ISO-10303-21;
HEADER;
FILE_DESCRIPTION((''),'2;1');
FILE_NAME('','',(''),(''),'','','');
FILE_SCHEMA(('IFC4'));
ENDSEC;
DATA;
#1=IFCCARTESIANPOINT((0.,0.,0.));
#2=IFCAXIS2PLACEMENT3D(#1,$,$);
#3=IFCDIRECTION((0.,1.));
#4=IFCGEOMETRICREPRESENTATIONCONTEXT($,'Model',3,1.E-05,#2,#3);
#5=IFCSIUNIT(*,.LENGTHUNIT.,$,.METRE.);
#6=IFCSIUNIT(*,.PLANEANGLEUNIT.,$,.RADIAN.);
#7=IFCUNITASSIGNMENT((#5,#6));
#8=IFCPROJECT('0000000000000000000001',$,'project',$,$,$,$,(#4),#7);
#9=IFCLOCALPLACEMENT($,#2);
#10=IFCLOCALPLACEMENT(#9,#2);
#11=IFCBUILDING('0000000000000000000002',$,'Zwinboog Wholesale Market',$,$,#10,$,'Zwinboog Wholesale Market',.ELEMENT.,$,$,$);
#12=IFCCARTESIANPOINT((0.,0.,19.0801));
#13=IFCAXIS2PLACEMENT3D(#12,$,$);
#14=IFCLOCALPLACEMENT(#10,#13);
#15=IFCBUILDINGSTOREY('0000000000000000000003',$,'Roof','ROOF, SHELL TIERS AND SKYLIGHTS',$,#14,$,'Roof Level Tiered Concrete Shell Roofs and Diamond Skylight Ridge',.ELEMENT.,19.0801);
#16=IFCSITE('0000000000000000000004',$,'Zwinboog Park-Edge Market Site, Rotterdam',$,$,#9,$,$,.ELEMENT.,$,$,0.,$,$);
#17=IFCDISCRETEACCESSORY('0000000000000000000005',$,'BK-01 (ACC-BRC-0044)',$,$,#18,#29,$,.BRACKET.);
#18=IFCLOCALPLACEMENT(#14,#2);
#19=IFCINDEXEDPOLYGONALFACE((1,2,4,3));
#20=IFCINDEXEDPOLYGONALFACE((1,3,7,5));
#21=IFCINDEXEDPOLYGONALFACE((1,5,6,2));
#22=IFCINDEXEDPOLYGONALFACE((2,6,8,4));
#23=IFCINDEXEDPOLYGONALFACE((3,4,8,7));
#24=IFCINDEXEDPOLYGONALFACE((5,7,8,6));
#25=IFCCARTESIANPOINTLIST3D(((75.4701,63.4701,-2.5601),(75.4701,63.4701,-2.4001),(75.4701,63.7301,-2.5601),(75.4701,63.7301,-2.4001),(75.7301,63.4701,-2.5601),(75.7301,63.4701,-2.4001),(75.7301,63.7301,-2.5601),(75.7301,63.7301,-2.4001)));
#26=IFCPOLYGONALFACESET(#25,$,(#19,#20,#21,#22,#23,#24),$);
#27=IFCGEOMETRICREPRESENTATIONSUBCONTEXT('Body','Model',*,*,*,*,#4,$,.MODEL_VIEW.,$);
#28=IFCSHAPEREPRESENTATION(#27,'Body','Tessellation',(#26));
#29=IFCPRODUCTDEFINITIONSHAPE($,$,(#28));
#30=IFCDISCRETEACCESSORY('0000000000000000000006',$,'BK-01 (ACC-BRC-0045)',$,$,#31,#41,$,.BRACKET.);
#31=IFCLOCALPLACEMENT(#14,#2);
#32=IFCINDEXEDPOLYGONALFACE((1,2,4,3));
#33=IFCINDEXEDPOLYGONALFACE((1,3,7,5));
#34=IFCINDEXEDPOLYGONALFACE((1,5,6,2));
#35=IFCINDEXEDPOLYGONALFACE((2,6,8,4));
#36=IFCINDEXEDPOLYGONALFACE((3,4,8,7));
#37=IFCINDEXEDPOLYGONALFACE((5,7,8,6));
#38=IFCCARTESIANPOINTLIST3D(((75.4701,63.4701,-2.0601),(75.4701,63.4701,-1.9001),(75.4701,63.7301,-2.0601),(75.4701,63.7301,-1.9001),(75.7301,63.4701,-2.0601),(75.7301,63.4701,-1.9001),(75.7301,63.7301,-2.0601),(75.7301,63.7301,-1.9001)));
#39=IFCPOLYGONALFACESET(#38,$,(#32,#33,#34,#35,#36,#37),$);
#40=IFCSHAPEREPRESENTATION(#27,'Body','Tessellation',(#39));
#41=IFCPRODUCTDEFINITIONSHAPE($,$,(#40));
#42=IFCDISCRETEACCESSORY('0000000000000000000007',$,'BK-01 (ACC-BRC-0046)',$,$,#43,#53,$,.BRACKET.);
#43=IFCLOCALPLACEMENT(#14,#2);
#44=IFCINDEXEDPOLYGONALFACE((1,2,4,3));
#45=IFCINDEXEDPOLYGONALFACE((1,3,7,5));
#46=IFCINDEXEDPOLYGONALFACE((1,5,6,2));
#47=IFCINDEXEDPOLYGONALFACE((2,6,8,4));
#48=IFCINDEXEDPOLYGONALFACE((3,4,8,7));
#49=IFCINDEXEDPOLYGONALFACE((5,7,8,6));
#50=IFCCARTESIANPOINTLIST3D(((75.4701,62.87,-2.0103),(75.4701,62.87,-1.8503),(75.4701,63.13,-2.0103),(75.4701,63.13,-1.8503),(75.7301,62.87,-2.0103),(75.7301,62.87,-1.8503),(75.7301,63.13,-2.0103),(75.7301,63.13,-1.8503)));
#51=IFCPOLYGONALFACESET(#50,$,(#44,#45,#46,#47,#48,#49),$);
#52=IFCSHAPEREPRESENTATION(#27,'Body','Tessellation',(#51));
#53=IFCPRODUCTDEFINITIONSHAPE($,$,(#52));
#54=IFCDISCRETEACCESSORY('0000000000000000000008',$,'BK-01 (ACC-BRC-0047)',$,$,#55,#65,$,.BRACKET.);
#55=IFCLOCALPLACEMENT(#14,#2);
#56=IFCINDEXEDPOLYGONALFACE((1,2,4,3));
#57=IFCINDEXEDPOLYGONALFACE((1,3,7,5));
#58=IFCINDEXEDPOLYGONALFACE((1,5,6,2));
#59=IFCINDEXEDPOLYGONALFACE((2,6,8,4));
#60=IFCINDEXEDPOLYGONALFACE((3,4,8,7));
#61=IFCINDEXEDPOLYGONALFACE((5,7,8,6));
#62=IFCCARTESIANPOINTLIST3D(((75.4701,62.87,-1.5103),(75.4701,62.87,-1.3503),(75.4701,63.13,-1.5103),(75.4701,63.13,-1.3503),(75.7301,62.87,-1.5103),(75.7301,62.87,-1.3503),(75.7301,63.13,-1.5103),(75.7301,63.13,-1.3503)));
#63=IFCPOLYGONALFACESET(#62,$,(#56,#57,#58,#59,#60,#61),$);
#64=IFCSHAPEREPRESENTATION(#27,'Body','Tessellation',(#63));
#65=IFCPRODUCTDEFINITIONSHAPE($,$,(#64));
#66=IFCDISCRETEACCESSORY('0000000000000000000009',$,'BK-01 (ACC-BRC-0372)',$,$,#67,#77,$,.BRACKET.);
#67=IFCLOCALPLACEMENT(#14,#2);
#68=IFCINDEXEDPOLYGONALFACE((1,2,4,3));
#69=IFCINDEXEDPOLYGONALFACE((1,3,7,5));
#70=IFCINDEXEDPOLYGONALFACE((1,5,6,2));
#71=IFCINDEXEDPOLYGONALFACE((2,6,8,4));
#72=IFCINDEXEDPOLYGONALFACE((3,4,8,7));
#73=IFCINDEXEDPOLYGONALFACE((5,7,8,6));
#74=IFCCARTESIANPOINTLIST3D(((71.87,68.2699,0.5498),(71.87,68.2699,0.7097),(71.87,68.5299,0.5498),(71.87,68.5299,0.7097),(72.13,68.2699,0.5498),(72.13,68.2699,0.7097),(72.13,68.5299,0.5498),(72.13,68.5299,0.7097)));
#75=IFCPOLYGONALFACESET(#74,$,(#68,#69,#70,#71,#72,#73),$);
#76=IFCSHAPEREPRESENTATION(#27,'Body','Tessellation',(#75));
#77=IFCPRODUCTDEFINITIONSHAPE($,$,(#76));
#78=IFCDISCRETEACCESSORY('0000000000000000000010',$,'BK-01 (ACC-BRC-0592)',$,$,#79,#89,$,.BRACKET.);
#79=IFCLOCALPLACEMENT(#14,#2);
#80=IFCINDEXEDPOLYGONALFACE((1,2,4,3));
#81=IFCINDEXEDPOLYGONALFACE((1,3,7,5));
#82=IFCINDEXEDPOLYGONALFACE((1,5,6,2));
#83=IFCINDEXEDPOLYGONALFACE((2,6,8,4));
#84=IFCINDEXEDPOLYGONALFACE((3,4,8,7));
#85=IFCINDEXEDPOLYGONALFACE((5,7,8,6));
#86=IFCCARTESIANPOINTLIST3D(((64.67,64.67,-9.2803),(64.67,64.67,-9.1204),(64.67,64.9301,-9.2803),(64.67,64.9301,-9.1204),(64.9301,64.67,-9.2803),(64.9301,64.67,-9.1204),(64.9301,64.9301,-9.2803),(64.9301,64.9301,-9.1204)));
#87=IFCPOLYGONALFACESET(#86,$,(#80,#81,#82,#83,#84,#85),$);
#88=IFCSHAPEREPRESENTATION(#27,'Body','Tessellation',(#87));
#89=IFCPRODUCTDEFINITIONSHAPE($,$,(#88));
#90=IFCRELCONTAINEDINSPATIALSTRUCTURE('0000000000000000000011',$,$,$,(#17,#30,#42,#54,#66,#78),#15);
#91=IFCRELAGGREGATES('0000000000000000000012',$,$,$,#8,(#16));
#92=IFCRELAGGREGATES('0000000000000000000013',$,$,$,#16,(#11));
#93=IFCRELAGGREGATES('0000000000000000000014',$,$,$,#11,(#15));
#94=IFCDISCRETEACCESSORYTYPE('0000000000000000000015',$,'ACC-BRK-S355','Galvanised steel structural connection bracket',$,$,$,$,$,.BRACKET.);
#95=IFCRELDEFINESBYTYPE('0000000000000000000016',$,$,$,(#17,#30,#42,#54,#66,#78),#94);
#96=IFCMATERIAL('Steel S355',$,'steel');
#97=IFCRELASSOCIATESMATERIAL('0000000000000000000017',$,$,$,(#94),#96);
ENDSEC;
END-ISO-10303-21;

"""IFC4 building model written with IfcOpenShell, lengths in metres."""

from ifc_helpers import new_model, si_unit, direction, frame, origin, origin_2d, place, context, subcontext, project, spatial, rectangle, extrude, material, type_object, element, save


model = new_model("IFC4")

# Units and contexts
model_context = context("Model", 3, precision=1e-05, world=origin(), true_north=direction((0.0, 1.0)))
body_context = subcontext(model_context, "Body", "Model", "MODEL_VIEW")
ifc_project = project(units=[si_unit("LENGTHUNIT", "METRE"), si_unit("PLANEANGLEUNIT", "RADIAN")], contexts=[model_context])

# Site, building, storey
site_placement = place(None, origin())
site = spatial("IfcSite", under=ifc_project, at=site_placement, Name="Zwinboog Park-Edge Market Site, Rotterdam", CompositionType="ELEMENT", RefElevation=0.0)
building_placement = place(site_placement, origin())
building = spatial("IfcBuilding", under=site, at=building_placement, Name="Zwinboog Wholesale Market", LongName="Zwinboog Wholesale Market", CompositionType="ELEMENT")
storey_placement = place(building_placement, frame((0.0, 0.0, 19.0801)))
storey = spatial("IfcBuildingStorey", under=building, at=storey_placement, Name="Roof", Description="ROOF, SHELL TIERS AND SKYLIGHTS", LongName="Roof Level Tiered Concrete Shell Roofs and Diamond Skylight Ridge", CompositionType="ELEMENT", Elevation=19.0801)

# Shared definitions
ifc_material_1 = material(Name="Steel S355", Category="steel")

# Discrete accessories
discrete_accessory_type = type_object("IfcDiscreteAccessoryType", Name="ACC-BRK-S355", Description="Galvanised steel structural connection bracket", PredefinedType="BRACKET", material=ifc_material_1)
for number, where, z_axis, x_axis, name in (
    (1, (75.6001, 63.6001, -2.5601), (0.0, 0.0, 1.0), (1.0, 0.0, 0.0), "BK-01 (ACC-BRC-0044)"),
    (2, (75.6001, 63.6001, -2.0601), (0.0, 0.0, 1.0), (1.0, 0.0, 0.0), "BK-01 (ACC-BRC-0045)"),
    (3, (75.6001, 63.0, -2.0103), (0.0, 0.0, 1.0), (1.0, 0.0, 0.0), "BK-01 (ACC-BRC-0046)"),
    (4, (75.6001, 63.0, -1.5103), (0.0, 0.0, 1.0), (1.0, 0.0, 0.0), "BK-01 (ACC-BRC-0047)"),
    (5, (72.0, 68.3999, 0.5498), (0.0, 0.0, 1.0), (1.0, 0.0, 0.0), "BK-01 (ACC-BRC-0372)"),
    (6, (64.8, 64.8, -9.2803), (0.0, 0.0, 1.0), (1.0, 0.0, 0.0), "BK-01 (ACC-BRC-0592)"),
):
    element("IfcDiscreteAccessory", number, at=place(storey_placement, frame(where, z_axis=z_axis, x_axis=x_axis)), inside=storey, type_object=discrete_accessory_type, Name=name, PredefinedType="BRACKET", context=body_context, shape_type="SweptSolid", body=[
        extrude(rectangle(XDim=0.26, YDim=0.26, at=origin_2d()), origin(), (0.0, 0.0, 1.0), 0.1599),
    ])

save(model, "model.ifc")
